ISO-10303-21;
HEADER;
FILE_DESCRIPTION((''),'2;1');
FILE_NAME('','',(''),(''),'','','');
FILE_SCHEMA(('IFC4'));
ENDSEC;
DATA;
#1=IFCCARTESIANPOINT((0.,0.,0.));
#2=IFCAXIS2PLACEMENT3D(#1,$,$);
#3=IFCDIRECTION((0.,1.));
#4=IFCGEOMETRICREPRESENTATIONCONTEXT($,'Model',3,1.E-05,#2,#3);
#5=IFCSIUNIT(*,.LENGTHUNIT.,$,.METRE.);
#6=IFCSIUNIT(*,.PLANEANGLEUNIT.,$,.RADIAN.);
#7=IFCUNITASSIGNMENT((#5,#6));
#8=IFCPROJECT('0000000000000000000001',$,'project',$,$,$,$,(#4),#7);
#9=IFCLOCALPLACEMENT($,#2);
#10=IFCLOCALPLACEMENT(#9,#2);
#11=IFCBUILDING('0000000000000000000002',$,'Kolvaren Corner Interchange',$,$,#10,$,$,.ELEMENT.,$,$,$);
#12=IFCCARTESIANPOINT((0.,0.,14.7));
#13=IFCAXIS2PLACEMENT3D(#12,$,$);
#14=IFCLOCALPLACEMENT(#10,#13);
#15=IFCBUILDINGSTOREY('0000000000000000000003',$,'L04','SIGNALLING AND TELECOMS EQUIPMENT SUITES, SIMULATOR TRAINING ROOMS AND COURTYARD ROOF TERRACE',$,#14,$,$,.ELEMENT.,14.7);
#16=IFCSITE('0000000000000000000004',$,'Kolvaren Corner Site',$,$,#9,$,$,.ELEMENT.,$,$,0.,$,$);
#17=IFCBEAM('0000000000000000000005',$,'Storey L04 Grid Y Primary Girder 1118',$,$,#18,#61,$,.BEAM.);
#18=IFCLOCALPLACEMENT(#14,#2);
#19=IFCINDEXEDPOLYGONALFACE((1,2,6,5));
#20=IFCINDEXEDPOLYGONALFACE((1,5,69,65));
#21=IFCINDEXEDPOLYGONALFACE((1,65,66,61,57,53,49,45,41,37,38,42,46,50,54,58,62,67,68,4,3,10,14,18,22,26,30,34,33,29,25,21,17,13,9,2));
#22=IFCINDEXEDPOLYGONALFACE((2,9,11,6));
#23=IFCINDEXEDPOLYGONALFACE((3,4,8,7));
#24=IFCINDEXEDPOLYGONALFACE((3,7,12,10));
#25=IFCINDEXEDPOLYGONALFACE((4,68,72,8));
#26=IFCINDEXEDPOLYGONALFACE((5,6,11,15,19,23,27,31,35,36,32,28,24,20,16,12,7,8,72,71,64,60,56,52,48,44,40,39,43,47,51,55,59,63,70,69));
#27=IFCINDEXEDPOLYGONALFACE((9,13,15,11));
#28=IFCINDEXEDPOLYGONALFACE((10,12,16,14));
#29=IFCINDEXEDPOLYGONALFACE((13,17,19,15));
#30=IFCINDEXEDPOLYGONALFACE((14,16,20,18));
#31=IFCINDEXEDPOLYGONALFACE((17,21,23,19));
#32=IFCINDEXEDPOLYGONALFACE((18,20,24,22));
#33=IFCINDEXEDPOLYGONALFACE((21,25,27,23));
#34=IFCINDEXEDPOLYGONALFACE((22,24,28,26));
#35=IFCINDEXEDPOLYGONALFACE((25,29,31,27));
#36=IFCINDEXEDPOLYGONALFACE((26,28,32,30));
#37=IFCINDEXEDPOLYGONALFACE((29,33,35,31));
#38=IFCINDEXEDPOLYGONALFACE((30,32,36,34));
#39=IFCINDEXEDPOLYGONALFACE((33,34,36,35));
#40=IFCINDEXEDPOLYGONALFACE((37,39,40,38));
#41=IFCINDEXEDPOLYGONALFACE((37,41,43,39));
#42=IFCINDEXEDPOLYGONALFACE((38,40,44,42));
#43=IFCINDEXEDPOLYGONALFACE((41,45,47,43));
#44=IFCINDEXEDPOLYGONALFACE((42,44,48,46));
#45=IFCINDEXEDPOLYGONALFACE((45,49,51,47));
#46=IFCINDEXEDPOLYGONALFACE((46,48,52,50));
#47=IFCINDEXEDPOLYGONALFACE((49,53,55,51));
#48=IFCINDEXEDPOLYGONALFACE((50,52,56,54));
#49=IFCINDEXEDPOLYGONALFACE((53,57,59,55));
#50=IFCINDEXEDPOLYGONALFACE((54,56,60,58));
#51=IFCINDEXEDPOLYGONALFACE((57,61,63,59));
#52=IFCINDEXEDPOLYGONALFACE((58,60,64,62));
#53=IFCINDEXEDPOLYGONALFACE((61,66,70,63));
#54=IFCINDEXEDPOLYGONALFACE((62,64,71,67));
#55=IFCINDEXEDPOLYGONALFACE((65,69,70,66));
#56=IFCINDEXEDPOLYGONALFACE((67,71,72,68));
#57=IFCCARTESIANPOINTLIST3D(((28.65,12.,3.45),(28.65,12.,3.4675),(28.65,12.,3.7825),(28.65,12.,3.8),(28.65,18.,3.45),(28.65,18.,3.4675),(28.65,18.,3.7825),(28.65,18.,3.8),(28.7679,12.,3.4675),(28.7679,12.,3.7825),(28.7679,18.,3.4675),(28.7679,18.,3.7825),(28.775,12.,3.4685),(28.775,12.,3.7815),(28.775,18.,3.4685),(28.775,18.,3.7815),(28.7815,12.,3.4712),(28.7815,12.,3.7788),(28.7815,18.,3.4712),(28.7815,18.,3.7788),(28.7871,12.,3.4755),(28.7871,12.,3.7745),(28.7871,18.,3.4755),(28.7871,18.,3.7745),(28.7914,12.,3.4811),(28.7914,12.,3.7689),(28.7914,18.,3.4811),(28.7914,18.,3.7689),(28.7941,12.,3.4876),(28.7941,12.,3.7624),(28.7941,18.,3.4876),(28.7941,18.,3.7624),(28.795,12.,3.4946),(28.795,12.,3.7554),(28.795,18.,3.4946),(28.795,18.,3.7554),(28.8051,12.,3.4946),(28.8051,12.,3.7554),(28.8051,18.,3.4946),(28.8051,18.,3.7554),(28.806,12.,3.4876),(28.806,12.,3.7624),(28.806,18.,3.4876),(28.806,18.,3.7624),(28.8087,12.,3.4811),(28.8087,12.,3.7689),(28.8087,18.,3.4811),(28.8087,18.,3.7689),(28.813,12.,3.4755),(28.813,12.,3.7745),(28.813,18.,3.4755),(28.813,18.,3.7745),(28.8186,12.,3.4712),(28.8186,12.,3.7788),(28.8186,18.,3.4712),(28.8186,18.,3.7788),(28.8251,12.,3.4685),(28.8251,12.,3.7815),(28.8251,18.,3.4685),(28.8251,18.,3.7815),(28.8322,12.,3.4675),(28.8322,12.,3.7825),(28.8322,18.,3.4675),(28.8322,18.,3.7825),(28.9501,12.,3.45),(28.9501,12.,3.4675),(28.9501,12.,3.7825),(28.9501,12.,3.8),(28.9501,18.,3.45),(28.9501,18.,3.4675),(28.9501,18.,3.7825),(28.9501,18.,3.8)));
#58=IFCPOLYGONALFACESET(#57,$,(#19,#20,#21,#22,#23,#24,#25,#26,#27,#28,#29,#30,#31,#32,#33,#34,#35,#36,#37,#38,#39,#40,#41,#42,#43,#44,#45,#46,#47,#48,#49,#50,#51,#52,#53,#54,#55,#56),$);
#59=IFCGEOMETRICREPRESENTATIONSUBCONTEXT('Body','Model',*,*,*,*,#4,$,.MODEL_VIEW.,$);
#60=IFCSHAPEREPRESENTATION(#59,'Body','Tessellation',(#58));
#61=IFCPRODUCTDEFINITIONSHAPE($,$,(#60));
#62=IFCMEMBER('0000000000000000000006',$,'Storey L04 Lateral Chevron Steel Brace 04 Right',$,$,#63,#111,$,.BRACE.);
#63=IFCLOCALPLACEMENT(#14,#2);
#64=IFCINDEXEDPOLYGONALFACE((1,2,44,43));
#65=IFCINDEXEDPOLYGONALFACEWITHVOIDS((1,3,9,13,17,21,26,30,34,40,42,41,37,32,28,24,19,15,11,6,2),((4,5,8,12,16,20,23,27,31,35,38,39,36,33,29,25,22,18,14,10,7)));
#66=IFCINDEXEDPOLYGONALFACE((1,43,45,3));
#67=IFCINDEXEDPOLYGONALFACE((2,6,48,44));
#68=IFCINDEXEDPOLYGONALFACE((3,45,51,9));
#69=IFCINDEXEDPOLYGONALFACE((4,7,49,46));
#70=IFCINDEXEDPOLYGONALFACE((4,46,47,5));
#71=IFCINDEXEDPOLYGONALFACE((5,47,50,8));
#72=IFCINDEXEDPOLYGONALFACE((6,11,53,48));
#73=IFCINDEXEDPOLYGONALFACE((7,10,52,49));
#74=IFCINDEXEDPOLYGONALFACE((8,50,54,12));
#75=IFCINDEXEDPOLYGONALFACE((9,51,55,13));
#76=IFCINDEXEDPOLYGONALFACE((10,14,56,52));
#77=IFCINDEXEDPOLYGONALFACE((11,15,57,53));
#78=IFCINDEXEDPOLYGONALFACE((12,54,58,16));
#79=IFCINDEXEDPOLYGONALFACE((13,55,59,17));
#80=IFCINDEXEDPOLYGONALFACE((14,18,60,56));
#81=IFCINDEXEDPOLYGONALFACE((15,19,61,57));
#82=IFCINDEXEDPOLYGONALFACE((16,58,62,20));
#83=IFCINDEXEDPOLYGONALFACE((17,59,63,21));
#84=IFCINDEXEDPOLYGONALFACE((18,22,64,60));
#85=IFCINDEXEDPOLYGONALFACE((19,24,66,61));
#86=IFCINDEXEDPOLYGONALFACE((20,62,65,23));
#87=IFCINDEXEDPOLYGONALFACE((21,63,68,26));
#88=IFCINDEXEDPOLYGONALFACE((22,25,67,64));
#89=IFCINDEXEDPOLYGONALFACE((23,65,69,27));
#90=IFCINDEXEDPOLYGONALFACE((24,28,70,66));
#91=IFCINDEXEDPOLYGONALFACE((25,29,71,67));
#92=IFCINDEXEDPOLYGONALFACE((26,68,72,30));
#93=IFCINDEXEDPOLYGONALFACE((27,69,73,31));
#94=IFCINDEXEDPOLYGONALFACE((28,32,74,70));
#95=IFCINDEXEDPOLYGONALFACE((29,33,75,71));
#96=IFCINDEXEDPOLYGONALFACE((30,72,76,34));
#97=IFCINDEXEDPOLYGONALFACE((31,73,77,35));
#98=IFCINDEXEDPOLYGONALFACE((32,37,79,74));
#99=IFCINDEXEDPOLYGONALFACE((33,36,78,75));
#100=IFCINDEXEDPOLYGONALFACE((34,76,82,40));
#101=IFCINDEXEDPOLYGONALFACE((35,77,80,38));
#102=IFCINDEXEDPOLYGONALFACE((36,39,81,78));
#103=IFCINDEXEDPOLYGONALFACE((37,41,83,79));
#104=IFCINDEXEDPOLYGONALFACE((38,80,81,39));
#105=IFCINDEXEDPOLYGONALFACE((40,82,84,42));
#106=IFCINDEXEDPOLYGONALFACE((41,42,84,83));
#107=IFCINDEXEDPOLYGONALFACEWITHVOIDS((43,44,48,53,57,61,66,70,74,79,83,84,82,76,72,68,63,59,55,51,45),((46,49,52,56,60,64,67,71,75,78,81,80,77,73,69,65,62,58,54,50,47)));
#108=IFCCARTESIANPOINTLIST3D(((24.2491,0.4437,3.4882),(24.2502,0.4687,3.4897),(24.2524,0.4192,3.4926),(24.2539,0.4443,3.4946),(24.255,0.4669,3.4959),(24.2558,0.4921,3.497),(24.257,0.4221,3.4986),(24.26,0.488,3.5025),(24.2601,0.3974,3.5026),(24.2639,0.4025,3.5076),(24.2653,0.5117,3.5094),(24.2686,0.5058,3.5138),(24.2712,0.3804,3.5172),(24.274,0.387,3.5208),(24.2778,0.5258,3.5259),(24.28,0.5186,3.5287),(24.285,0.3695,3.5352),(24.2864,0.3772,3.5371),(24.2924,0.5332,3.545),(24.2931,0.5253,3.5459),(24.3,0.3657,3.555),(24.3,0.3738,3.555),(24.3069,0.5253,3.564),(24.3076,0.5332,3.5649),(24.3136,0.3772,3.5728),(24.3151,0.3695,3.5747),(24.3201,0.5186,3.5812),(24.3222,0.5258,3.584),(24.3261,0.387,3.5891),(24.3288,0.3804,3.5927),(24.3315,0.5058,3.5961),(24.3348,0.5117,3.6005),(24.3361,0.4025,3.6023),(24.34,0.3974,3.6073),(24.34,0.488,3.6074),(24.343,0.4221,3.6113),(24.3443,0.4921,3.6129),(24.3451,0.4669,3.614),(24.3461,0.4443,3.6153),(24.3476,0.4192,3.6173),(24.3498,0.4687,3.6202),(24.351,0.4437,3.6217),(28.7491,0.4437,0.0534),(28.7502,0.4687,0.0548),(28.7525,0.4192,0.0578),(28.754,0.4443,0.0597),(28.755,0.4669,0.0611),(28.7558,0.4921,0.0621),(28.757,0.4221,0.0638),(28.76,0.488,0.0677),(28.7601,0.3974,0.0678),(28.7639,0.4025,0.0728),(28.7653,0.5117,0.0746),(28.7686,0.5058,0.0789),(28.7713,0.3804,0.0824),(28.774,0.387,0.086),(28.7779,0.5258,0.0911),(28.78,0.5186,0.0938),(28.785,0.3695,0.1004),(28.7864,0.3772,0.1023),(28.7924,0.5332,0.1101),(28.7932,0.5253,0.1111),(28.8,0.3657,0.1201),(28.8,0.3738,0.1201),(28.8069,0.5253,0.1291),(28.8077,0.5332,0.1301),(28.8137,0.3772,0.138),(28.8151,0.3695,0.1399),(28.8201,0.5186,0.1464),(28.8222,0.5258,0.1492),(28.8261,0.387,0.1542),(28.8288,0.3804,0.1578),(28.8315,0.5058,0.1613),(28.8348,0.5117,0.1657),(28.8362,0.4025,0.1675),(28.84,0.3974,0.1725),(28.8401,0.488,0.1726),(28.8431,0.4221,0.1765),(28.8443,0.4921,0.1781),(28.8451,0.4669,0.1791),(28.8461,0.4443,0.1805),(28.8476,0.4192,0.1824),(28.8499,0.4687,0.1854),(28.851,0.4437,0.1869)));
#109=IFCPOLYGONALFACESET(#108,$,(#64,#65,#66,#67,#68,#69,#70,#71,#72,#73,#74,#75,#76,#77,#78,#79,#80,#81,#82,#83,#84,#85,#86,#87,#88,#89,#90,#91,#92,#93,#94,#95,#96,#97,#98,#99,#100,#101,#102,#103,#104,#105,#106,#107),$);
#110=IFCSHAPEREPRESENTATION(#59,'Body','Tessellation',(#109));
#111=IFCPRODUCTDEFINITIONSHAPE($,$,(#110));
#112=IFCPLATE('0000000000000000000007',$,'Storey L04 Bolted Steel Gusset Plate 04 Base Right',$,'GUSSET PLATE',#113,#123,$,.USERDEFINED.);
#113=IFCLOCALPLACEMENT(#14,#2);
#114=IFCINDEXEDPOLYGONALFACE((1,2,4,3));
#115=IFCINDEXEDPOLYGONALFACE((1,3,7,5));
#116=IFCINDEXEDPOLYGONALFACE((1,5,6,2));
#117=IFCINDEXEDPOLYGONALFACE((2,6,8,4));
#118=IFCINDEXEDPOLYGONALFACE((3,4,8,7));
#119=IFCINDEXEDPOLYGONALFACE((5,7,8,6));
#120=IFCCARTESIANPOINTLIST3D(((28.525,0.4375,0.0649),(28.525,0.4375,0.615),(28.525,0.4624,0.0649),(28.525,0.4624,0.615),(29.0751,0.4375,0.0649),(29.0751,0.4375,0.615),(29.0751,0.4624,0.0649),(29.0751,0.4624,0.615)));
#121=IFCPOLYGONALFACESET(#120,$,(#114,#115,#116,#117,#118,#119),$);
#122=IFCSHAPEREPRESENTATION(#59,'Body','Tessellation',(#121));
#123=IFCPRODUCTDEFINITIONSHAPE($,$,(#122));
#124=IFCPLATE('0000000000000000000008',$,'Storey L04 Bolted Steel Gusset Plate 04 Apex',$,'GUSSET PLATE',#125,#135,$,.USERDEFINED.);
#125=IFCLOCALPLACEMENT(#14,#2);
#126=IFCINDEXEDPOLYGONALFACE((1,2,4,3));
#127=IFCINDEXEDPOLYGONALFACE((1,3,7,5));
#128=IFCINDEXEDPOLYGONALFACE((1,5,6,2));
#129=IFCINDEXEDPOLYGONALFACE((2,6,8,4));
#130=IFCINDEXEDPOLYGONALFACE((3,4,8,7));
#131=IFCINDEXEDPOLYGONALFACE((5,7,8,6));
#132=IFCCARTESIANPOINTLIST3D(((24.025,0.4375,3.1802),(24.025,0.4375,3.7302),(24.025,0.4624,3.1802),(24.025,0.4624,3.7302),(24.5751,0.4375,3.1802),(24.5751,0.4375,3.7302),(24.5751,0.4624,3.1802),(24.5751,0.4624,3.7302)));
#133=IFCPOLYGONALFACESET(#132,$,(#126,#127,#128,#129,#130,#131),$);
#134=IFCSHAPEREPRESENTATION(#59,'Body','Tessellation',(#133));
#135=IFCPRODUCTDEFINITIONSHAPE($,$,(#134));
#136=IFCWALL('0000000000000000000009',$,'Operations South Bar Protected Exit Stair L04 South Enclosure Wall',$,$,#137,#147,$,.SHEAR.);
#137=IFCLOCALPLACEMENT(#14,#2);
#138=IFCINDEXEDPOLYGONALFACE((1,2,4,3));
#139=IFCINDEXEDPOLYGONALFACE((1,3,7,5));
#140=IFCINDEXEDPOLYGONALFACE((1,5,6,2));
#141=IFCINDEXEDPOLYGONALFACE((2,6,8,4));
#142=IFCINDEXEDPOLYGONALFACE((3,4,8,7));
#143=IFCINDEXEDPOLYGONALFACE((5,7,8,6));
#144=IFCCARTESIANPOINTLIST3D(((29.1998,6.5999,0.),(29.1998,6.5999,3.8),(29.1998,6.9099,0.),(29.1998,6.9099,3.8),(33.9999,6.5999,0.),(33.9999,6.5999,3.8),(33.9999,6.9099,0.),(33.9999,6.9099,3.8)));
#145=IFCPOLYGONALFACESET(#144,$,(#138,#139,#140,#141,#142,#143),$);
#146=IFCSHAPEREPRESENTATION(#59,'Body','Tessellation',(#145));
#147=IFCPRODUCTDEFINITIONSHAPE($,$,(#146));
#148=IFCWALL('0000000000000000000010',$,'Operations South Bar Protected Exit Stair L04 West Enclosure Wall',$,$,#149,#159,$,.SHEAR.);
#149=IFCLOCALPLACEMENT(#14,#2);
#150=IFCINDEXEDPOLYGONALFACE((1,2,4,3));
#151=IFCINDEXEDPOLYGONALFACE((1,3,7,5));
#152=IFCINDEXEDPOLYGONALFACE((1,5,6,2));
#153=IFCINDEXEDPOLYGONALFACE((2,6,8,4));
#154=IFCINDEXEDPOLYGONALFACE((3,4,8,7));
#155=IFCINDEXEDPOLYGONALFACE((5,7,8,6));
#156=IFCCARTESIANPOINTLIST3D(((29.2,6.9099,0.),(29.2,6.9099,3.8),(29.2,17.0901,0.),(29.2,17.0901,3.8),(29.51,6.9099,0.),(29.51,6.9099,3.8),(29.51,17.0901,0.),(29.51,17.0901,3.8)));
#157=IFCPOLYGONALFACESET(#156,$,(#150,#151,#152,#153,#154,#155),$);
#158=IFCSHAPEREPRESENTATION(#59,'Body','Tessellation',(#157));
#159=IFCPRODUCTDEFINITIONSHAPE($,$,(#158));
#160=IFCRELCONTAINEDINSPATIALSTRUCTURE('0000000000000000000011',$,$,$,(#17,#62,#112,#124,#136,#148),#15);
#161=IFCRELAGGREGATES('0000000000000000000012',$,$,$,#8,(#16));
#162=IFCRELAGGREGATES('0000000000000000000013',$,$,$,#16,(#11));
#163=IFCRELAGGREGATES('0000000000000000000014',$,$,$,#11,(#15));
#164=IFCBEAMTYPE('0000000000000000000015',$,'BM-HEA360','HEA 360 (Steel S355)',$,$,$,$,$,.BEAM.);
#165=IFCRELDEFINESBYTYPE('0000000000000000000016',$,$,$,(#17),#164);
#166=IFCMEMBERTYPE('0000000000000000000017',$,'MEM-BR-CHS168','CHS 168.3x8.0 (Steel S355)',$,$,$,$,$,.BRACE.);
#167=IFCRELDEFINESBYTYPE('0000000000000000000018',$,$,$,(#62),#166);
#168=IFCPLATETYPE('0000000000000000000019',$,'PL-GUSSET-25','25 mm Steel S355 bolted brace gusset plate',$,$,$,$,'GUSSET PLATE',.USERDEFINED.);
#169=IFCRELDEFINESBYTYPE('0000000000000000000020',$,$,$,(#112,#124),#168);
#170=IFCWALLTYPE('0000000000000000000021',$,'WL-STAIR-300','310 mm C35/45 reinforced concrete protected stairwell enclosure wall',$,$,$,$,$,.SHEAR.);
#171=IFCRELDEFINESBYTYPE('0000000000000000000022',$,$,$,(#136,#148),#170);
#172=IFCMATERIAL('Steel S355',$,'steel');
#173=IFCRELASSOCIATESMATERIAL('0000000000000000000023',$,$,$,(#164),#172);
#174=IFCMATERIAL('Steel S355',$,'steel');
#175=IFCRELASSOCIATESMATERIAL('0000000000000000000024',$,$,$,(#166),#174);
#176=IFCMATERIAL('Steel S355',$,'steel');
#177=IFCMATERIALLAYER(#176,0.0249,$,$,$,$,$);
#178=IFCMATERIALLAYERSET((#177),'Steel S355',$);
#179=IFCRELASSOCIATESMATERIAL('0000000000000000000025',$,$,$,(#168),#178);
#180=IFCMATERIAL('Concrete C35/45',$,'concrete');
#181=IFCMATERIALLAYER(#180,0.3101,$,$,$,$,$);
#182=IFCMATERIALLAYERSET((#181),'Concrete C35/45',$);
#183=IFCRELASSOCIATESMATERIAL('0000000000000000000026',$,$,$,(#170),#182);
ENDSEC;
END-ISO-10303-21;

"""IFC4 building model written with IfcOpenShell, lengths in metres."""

from ifc_helpers import new_model, si_unit, direction, frame, frame_2d, origin, origin_2d, place, context, subcontext, project, spatial, rectangle, hollow_circle, i_section, extrude, material, layer, layer_set, material_profile, profile_set, type_object, element, save


model = new_model("IFC4")

# Units and contexts
model_context = context("Model", 3, precision=1e-05, world=origin(), true_north=direction((0.0, 1.0)))
body_context = subcontext(model_context, "Body", "Model", "MODEL_VIEW")
ifc_project = project(units=[si_unit("LENGTHUNIT", "METRE"), si_unit("PLANEANGLEUNIT", "RADIAN")], contexts=[model_context])

# Site, building, storey
site_placement = place(None, origin())
site = spatial("IfcSite", under=ifc_project, at=site_placement, Name="Kolvaren Corner Site", CompositionType="ELEMENT", RefElevation=0.0)
building_placement = place(site_placement, origin())
building = spatial("IfcBuilding", under=site, at=building_placement, Name="Kolvaren Corner Interchange", CompositionType="ELEMENT")
storey_placement = place(building_placement, frame((0.0, 0.0, 14.7)))
storey = spatial("IfcBuildingStorey", under=building, at=storey_placement, Name="L04", Description="SIGNALLING AND TELECOMS EQUIPMENT SUITES, SIMULATOR TRAINING ROOMS AND COURTYARD ROOF TERRACE", CompositionType="ELEMENT", Elevation=14.7)

# Beam
ifc_material_1 = material(Name="Steel S355", Category="steel")
ifc_material_profile_1 = material_profile(ifc_material_1, i_section(OverallWidth=0.3, OverallDepth=0.3501, WebThickness=0.01, FlangeThickness=0.0176, FilletRadius=0.0271, at=origin_2d()), Name="HEA 360")
ifc_profile_set_1 = profile_set([ifc_material_profile_1], Name="Steel S355")
beam_type_1 = type_object("IfcBeamType", Name="BM-HEA360", Description="HEA 360 (Steel S355)", PredefinedType="BEAM", material=ifc_profile_set_1)
for number, where, z_axis, x_axis, name in (
    (1, (28.8, 12.0, 3.625), (0.0, 1.0, 0.0), (-1.0, 0.0, 0.0), "Storey L04 Grid Y Primary Girder 1118"),
):
    element("IfcBeam", number, at=place(storey_placement, frame(where, z_axis=z_axis, x_axis=x_axis)), inside=storey, type_object=beam_type_1, Name=name, PredefinedType="BEAM", context=body_context, shape_type="SweptSolid", body=[
        extrude(i_section(OverallWidth=0.3, OverallDepth=0.3501, WebThickness=0.01, FlangeThickness=0.0176, FilletRadius=0.0271, at=origin_2d()), origin(), (0.0, 0.0, 1.0), 6.0),
    ])

# Member
ifc_material_2 = material(Name="Steel S355", Category="steel")
ifc_material_profile_2 = material_profile(ifc_material_2, hollow_circle(Radius=0.0842, WallThickness=0.0081, at=origin_2d()), Name="CHS 168.3x8.0")
ifc_profile_set_2 = profile_set([ifc_material_profile_2], Name="Steel S355")
member_type = type_object("IfcMemberType", Name="MEM-BR-CHS168", Description="CHS 168.3x8.0 (Steel S355)", PredefinedType="BRACE", material=ifc_profile_set_2)
member_placement = place(storey_placement, frame((28.8, 0.45, 0.1201), z_axis=(-0.7949, 0.0, 0.606741), x_axis=(0.0, -1.0, 0.0)))
element("IfcMember", 2, at=member_placement, inside=storey, type_object=member_type, Name="Storey L04 Lateral Chevron Steel Brace 04 Right", PredefinedType="BRACE", context=body_context, shape_type="SweptSolid", body=[
    extrude(hollow_circle(Radius=0.0842, WallThickness=0.0081, at=origin_2d()), origin(), (0.0, 0.0, 1.0), 5.6611),
])

# Plates
ifc_material_3 = material(Name="Steel S355", Category="steel")
ifc_layer_1 = layer(ifc_material_3, 0.0249)
ifc_layer_set_1 = layer_set([ifc_layer_1], Name="Steel S355")
plate_type = type_object("IfcPlateType", Name="PL-GUSSET-25", Description="25 mm Steel S355 bolted brace gusset plate", ElementType="GUSSET PLATE", PredefinedType="USERDEFINED", material=ifc_layer_set_1)
for number, where, z_axis, x_axis, name in (
    (3, (28.8, 0.45, 0.0649), (0.0, 0.0, 1.0), (1.0, 0.0, 0.0), "Storey L04 Bolted Steel Gusset Plate 04 Base Right"),
    (4, (24.3, 0.45, 3.1802), (0.0, 0.0, 1.0), (1.0, 0.0, 0.0), "Storey L04 Bolted Steel Gusset Plate 04 Apex"),
):
    element("IfcPlate", number, at=place(storey_placement, frame(where, z_axis=z_axis, x_axis=x_axis)), inside=storey, type_object=plate_type, Name=name, ObjectType="GUSSET PLATE", PredefinedType="USERDEFINED", context=body_context, shape_type="SweptSolid", body=[
        extrude(rectangle(XDim=0.55, YDim=0.0249, at=origin_2d()), origin(), (0.0, 0.0, 1.0), 0.55),
    ])

# Wall
ifc_material_4 = material(Name="Concrete C35/45", Category="concrete")
ifc_layer_2 = layer(ifc_material_4, 0.3101)
ifc_layer_set_2 = layer_set([ifc_layer_2], Name="Concrete C35/45")
wall_type_1 = type_object("IfcWallType", Name="WL-STAIR-300", Description="310 mm C35/45 reinforced concrete protected stairwell enclosure wall", PredefinedType="SHEAR", material=ifc_layer_set_2)
wall_1_placement = place(storey_placement, frame((29.2, 6.7549, 0.0), z_axis=(0.0, 0.0, 1.0), x_axis=(1.0, 0.0, 0.0)))
element("IfcWall", 5, at=wall_1_placement, inside=storey, type_object=wall_type_1, Name="Operations South Bar Protected Exit Stair L04 South Enclosure Wall", PredefinedType="SHEAR", context=body_context, shape_type="SweptSolid", body=[
    extrude(rectangle(XDim=4.8, YDim=0.3101, at=frame_2d((2.3999, 0.0))), origin(), (0.0, 0.0, 1.0), 3.8),
])

# Wall
wall_2_placement = place(storey_placement, frame((29.355, 6.9099, 0.0), z_axis=(0.0, 0.0, 1.0), x_axis=(0.0, 1.0, 0.0)))
element("IfcWall", 6, at=wall_2_placement, inside=storey, type_object=wall_type_1, Name="Operations South Bar Protected Exit Stair L04 West Enclosure Wall", PredefinedType="SHEAR", context=body_context, shape_type="SweptSolid", body=[
    extrude(rectangle(XDim=10.1802, YDim=0.3101, at=frame_2d((5.0901, 0.0))), origin(), (0.0, 0.0, 1.0), 3.8),
])

save(model, "model.ifc")
